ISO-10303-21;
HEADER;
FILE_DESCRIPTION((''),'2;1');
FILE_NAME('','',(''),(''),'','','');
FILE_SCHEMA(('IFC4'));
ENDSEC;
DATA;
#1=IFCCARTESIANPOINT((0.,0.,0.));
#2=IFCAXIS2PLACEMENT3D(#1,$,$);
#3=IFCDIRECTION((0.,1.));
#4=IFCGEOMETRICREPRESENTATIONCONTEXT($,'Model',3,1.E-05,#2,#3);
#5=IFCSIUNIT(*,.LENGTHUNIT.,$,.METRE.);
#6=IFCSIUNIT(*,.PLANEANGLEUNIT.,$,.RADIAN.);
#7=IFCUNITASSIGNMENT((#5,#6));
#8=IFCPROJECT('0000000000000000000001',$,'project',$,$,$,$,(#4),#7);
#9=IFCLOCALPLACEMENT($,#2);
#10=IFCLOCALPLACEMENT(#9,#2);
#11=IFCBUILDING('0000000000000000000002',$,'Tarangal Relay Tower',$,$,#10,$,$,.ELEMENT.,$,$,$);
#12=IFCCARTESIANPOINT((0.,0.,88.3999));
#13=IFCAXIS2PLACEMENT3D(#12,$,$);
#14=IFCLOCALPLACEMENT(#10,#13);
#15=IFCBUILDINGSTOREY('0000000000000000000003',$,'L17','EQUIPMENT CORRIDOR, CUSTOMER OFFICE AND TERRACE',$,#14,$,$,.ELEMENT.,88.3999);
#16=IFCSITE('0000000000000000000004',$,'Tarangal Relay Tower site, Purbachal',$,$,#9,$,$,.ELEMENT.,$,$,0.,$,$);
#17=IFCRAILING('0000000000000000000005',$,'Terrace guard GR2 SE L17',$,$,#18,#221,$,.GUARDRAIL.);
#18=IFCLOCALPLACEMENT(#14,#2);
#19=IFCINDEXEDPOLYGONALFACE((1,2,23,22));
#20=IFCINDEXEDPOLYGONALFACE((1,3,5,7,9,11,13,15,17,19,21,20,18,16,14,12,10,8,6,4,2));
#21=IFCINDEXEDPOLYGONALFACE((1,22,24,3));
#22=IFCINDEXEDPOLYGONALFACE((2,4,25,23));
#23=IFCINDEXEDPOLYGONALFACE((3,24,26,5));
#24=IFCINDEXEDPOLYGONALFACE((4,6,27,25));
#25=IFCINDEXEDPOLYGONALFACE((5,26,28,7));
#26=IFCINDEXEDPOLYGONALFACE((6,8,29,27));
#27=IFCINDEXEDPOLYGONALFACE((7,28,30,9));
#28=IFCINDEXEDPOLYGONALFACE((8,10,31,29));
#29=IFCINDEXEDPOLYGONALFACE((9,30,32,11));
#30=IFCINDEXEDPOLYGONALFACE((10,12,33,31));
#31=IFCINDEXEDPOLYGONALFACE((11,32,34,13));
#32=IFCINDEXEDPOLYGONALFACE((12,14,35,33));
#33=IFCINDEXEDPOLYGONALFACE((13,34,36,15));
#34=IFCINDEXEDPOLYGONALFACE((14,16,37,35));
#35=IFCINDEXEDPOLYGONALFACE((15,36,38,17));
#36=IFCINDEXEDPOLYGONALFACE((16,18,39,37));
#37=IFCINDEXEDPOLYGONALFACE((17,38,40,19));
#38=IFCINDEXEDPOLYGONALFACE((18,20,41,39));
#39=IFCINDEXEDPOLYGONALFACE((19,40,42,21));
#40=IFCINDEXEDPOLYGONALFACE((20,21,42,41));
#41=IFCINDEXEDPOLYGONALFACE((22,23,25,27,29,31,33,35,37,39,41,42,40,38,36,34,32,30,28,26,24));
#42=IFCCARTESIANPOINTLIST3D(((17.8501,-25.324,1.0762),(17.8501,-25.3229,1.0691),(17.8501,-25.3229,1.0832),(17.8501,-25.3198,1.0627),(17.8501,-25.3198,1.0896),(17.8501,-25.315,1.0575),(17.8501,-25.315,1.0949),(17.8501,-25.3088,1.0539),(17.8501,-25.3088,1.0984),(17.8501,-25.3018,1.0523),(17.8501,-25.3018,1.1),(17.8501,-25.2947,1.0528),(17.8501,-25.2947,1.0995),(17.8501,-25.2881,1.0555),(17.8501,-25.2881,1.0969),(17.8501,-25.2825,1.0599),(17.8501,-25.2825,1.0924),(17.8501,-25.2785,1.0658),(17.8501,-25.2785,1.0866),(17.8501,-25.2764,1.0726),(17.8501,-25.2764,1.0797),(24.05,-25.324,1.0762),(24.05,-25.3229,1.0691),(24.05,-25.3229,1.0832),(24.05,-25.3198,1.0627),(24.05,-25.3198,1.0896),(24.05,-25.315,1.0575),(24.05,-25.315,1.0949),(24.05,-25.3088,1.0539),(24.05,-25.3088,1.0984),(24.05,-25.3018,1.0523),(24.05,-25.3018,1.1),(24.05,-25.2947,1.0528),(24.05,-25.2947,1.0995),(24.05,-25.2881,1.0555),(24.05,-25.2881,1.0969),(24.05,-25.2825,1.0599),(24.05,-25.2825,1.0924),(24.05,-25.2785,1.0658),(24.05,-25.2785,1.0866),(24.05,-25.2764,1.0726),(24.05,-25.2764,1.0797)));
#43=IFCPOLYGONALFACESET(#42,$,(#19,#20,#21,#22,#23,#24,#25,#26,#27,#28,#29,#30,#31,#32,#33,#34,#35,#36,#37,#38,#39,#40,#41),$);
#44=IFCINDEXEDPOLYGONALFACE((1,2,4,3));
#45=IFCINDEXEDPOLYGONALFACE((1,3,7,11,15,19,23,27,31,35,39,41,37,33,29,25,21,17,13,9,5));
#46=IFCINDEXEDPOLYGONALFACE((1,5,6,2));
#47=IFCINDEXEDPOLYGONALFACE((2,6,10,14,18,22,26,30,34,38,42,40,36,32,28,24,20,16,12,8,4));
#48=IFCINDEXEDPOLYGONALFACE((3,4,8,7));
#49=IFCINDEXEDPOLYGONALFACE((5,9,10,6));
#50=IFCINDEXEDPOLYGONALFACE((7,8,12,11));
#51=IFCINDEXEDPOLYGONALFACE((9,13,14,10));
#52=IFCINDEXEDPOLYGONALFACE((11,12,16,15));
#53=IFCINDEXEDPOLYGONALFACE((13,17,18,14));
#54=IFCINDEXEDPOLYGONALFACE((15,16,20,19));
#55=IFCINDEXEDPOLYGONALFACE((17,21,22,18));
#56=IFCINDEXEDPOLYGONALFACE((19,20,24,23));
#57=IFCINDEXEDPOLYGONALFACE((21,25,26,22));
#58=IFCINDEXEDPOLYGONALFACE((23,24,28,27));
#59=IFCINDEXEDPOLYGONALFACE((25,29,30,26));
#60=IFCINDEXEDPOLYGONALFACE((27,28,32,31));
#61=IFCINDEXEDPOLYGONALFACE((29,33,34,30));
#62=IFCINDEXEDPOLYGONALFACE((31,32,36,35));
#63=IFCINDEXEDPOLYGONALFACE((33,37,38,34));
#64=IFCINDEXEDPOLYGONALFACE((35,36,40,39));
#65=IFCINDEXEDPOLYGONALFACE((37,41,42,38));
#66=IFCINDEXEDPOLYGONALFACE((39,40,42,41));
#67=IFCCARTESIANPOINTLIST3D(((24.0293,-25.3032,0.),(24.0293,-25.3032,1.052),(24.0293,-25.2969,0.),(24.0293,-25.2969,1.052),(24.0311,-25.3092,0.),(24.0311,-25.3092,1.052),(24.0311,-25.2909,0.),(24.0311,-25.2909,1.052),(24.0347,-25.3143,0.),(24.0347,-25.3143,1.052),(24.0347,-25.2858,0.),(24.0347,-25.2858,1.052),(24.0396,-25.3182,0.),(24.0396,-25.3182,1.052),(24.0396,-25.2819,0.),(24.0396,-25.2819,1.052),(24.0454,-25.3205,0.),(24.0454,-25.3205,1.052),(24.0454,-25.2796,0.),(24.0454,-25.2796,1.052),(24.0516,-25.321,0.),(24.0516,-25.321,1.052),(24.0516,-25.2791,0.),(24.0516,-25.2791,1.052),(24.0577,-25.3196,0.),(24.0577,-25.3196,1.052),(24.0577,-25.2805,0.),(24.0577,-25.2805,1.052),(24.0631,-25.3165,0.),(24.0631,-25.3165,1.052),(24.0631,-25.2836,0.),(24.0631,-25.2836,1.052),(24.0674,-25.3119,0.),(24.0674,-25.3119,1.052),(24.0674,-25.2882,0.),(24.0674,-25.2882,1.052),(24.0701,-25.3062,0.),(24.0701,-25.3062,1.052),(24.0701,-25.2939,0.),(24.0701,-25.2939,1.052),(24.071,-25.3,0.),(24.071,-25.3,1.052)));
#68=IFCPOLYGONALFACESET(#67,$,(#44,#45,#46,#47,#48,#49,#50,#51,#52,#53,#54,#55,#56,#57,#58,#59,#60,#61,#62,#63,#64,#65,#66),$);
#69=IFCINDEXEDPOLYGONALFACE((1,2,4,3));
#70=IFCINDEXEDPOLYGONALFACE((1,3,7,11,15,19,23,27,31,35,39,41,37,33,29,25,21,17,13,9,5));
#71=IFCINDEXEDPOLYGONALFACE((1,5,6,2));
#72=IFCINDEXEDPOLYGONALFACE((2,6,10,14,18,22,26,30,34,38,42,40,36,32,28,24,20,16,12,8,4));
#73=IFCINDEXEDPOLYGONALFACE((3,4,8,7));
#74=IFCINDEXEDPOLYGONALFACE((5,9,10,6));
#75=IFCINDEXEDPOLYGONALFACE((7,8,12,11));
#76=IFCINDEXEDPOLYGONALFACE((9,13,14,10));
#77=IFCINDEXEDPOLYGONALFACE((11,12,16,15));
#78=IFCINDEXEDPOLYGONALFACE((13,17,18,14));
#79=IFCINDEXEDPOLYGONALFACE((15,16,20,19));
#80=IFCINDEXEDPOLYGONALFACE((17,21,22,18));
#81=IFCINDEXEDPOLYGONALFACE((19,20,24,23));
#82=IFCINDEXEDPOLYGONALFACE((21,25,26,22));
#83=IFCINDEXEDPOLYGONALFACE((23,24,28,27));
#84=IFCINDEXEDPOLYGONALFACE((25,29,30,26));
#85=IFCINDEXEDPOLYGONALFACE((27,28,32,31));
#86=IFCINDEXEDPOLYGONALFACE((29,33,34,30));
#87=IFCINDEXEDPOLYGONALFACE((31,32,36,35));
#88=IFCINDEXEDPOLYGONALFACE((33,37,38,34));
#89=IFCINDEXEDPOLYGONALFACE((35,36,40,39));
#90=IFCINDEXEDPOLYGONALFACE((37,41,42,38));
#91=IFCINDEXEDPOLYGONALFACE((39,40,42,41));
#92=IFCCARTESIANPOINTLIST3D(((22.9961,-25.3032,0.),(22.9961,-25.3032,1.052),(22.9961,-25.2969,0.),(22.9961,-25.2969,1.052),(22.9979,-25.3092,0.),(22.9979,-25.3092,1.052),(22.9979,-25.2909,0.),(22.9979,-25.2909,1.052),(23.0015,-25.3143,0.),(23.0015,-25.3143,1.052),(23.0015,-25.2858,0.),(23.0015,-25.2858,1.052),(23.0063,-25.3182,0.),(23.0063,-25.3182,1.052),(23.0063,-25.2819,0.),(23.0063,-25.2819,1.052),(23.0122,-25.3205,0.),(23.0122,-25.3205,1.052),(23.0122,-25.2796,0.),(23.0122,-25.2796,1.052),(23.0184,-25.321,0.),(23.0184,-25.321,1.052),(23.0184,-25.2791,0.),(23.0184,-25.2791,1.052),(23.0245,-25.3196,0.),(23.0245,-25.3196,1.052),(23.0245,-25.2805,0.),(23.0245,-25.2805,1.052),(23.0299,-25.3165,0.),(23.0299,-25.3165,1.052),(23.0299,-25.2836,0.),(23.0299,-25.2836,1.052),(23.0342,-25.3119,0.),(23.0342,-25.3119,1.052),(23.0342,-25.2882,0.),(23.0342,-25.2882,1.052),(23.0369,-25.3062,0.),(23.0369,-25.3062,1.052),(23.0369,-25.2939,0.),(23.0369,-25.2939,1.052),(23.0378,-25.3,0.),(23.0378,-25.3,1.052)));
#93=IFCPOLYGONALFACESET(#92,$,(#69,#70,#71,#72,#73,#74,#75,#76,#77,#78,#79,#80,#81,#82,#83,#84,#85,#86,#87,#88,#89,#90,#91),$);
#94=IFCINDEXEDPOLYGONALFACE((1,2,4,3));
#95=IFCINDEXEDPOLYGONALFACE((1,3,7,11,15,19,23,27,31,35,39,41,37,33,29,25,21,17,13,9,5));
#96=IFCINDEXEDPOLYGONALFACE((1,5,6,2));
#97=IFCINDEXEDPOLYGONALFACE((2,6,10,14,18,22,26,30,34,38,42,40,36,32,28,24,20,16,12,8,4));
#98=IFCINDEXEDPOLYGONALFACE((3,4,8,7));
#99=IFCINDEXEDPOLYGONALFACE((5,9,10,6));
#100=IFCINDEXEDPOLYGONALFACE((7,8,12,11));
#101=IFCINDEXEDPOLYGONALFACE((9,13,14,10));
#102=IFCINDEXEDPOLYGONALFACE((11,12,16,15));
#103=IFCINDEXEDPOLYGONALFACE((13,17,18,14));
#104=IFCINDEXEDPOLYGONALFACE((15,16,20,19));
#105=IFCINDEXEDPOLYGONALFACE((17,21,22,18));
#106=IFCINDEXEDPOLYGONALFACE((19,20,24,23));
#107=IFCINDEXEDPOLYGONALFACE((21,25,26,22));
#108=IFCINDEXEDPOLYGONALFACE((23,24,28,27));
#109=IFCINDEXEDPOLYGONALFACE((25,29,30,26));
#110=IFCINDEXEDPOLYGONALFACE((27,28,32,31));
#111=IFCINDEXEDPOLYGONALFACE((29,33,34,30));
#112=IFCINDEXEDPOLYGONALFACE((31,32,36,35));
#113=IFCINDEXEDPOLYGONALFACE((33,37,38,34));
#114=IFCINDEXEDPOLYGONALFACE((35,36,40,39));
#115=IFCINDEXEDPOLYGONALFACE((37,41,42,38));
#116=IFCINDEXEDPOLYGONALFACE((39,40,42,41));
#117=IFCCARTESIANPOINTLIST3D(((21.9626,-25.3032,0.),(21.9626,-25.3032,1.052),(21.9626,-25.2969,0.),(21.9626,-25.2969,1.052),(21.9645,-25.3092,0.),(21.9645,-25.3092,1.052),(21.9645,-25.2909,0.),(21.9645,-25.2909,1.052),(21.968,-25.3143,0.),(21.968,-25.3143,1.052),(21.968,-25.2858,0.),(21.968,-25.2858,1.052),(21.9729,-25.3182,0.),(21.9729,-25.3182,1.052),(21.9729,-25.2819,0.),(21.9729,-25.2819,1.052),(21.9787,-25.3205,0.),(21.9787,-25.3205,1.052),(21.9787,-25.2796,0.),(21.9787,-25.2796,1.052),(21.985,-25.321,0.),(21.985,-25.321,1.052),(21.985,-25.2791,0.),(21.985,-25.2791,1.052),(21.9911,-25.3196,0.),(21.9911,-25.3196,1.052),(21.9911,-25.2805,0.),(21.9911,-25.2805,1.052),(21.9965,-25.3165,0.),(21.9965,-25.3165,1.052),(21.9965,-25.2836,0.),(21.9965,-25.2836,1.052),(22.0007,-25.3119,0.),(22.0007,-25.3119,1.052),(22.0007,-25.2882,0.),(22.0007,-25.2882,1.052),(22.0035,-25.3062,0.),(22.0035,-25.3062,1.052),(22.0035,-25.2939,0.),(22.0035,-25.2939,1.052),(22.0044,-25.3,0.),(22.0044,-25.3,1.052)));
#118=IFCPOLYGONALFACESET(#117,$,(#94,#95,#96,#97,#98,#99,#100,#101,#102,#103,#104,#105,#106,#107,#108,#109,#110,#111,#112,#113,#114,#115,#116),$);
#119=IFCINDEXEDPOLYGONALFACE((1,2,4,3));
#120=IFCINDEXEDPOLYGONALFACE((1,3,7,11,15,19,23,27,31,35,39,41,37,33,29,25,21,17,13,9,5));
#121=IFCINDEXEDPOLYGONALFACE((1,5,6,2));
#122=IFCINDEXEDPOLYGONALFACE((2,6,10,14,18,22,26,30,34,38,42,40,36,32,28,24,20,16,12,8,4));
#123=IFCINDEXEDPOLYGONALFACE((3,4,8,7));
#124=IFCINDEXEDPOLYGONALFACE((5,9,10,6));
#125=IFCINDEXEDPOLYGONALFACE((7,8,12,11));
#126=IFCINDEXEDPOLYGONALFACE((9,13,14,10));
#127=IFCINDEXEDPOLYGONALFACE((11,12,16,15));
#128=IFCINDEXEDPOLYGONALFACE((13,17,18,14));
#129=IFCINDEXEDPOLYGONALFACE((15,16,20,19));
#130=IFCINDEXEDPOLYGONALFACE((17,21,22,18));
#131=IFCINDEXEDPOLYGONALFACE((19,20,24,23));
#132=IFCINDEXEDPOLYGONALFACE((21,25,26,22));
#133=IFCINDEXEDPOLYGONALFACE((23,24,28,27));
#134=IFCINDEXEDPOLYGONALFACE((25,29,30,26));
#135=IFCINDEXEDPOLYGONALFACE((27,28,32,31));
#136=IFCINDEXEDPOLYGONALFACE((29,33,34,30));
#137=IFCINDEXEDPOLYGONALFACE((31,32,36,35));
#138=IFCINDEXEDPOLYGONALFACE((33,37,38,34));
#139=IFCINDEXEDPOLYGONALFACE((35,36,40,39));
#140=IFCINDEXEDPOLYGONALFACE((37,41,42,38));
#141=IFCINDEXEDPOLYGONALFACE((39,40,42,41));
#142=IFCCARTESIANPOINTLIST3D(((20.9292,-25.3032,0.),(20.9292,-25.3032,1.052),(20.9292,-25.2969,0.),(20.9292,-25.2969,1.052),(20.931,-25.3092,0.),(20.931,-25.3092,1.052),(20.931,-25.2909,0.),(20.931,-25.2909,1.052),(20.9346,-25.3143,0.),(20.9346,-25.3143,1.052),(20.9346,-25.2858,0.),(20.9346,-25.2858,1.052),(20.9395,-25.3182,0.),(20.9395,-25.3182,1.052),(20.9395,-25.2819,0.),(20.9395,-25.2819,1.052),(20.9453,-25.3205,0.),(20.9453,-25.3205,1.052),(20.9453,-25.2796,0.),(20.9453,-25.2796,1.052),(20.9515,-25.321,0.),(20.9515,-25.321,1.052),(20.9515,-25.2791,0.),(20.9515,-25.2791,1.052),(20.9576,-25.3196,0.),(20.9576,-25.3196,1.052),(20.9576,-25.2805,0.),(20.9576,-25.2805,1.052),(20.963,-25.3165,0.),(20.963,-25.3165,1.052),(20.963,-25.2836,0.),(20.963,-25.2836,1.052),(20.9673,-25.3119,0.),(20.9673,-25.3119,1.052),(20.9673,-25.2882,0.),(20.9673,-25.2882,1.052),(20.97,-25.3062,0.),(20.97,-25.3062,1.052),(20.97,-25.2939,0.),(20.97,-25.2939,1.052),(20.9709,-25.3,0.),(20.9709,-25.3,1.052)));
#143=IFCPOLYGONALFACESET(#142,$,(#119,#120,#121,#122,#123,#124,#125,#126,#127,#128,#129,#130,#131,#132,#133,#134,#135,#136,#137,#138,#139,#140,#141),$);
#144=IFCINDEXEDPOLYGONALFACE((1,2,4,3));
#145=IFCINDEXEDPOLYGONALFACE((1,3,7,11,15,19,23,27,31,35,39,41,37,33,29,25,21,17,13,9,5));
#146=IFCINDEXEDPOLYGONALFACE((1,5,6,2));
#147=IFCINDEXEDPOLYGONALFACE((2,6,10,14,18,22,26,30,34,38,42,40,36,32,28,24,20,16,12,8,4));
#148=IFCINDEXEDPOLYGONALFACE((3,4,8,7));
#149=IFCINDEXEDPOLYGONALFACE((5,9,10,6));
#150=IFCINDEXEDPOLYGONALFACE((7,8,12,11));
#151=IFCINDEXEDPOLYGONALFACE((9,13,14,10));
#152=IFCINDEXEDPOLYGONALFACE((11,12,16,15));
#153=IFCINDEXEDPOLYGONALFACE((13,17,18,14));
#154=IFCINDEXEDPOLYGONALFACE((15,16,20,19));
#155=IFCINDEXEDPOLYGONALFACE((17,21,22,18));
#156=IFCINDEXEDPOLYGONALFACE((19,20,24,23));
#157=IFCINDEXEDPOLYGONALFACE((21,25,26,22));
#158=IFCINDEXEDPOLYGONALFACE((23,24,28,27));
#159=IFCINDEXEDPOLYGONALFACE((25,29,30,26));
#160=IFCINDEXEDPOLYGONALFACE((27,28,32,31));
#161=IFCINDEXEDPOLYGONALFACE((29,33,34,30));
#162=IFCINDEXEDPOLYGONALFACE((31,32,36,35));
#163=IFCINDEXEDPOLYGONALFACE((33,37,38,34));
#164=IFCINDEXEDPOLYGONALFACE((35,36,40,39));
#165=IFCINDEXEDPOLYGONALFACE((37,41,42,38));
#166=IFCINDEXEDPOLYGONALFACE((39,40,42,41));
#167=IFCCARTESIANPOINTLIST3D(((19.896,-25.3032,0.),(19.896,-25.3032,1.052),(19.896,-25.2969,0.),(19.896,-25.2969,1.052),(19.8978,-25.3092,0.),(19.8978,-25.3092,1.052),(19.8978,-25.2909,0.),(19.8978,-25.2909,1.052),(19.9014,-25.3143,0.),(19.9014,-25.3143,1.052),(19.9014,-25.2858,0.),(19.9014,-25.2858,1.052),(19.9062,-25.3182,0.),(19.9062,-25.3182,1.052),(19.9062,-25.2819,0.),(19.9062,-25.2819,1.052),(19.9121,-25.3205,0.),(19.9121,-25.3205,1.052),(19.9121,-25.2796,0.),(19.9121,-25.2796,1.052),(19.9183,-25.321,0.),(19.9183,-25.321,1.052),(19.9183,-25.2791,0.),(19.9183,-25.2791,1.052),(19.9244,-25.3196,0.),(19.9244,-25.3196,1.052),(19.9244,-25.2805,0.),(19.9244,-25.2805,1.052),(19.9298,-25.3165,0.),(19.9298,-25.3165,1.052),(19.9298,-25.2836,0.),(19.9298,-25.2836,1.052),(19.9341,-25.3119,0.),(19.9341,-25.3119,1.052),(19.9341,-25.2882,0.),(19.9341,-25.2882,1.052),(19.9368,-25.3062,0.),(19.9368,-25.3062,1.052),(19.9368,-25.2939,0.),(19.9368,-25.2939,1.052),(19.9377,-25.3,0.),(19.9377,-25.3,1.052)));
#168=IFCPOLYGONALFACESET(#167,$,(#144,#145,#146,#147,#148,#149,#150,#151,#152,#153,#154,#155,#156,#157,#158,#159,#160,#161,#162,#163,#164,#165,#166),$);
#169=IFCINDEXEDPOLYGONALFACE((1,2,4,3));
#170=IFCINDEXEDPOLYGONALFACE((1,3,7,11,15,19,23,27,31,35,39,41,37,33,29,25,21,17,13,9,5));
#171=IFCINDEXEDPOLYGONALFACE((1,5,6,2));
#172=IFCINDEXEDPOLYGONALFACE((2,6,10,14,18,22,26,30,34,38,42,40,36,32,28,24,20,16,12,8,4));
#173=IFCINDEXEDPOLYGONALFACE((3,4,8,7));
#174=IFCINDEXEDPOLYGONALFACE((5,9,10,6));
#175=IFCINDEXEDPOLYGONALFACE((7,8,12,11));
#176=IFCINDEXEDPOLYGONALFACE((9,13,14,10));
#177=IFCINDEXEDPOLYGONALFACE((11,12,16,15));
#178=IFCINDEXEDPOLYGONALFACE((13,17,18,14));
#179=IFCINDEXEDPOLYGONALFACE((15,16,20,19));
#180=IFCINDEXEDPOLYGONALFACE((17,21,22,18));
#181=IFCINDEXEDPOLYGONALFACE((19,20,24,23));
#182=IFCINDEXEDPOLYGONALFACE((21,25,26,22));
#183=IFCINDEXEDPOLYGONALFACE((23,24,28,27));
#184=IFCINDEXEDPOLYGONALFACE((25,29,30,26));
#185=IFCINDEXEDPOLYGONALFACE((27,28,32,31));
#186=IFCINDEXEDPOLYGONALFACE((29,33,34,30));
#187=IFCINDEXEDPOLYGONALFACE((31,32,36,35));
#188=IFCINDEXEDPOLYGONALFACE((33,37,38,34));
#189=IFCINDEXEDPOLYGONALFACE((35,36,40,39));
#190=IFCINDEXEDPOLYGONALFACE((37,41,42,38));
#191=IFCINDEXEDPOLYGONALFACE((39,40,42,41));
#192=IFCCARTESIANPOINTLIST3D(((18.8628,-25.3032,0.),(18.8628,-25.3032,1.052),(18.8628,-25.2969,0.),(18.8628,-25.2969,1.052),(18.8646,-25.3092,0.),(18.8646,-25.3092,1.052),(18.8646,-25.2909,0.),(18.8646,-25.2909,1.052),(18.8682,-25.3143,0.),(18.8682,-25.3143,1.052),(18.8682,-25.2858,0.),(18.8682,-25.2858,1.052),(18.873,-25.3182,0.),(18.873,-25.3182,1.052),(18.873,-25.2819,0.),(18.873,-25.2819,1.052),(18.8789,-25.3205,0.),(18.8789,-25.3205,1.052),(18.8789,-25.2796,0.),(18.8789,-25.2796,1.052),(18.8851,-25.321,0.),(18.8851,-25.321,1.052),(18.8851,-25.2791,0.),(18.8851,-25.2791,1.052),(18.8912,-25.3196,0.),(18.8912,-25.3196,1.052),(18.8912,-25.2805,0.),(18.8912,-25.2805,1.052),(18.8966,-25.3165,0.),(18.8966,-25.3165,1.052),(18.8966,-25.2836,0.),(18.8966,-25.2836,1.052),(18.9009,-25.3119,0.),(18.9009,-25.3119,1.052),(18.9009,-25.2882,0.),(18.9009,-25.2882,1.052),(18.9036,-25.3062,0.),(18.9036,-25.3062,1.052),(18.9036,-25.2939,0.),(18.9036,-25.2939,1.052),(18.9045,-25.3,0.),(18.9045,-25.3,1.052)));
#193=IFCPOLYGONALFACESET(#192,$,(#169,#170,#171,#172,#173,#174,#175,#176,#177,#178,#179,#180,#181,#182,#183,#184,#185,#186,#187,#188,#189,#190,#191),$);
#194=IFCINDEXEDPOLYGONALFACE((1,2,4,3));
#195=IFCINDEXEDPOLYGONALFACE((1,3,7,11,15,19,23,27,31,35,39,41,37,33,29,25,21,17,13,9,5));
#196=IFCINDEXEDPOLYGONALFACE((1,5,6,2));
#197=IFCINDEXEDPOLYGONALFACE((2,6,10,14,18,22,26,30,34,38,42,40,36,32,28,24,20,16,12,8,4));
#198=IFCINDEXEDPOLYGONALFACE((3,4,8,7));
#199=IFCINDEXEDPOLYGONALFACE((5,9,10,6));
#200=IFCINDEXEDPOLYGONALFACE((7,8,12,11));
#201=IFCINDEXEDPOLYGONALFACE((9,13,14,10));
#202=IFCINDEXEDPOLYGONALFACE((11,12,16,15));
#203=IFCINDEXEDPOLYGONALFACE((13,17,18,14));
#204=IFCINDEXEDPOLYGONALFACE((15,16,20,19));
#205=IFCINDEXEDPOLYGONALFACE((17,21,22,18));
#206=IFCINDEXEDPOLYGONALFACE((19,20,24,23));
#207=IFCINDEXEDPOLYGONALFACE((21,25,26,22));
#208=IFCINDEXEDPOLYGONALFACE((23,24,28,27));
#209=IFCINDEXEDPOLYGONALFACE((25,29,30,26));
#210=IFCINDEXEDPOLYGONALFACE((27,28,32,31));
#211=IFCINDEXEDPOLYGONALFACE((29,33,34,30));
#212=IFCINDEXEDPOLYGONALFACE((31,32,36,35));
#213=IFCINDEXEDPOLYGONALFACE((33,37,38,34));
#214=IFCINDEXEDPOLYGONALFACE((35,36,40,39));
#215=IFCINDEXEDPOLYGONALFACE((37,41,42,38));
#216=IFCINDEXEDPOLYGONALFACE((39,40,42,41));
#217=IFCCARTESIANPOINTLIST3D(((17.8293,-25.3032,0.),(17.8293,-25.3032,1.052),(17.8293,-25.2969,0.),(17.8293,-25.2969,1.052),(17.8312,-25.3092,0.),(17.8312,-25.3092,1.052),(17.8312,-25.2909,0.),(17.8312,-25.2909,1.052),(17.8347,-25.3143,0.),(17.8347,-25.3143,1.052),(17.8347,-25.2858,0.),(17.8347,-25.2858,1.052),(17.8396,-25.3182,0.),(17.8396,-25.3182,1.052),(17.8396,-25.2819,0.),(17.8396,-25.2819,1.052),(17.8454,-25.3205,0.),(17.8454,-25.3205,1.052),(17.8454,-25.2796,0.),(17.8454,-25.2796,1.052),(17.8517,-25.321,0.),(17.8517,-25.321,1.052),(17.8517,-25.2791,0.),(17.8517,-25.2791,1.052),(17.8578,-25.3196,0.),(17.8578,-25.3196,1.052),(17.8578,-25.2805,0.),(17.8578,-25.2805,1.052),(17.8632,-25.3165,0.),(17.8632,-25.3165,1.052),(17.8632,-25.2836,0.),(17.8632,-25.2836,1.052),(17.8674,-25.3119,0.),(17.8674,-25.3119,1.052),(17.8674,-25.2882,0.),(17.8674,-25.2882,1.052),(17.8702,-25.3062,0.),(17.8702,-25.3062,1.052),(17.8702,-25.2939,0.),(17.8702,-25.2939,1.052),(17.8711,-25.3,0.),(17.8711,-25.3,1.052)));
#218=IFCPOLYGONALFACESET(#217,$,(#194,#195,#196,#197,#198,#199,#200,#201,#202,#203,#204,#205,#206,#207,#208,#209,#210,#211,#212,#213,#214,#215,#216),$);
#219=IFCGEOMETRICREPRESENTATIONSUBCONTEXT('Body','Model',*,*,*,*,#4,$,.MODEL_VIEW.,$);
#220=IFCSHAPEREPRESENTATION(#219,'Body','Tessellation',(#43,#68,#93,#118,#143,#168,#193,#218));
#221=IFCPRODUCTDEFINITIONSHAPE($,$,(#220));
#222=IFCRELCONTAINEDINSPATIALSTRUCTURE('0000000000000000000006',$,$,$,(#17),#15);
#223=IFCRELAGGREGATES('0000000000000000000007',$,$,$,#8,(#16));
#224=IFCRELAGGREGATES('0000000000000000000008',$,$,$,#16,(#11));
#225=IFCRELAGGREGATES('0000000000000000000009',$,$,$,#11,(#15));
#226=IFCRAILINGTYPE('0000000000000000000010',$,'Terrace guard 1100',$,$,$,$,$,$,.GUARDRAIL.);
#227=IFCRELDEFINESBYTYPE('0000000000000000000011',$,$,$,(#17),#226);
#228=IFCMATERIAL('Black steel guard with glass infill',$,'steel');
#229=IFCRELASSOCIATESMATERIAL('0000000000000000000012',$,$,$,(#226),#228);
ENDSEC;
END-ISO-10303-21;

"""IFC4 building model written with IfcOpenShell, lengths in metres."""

from ifc_helpers import new_model, si_unit, direction, frame, origin, origin_2d, place, context, subcontext, project, spatial, circle, extrude, material, type_object, element, save


model = new_model("IFC4")

# Units and contexts
model_context = context("Model", 3, precision=1e-05, world=origin(), true_north=direction((0.0, 1.0)))
body_context = subcontext(model_context, "Body", "Model", "MODEL_VIEW")
ifc_project = project(units=[si_unit("LENGTHUNIT", "METRE"), si_unit("PLANEANGLEUNIT", "RADIAN")], contexts=[model_context])

# Site, building, storey
site_placement = place(None, origin())
site = spatial("IfcSite", under=ifc_project, at=site_placement, Name="Tarangal Relay Tower site, Purbachal", CompositionType="ELEMENT", RefElevation=0.0)
building_placement = place(site_placement, origin())
building = spatial("IfcBuilding", under=site, at=building_placement, Name="Tarangal Relay Tower", CompositionType="ELEMENT")
storey_placement = place(building_placement, frame((0.0, 0.0, 88.3999)))
storey = spatial("IfcBuildingStorey", under=building, at=storey_placement, Name="L17", Description="EQUIPMENT CORRIDOR, CUSTOMER OFFICE AND TERRACE", CompositionType="ELEMENT", Elevation=88.3999)

# Railing
ifc_material_1 = material(Name="Black steel guard with glass infill", Category="steel")
railing_type = type_object("IfcRailingType", Name="Terrace guard 1100", PredefinedType="GUARDRAIL", material=ifc_material_1)
railing_1_placement = place(storey_placement, frame((24.05, -25.3, 0.0)))
element("IfcRailing", 1, at=railing_1_placement, inside=storey, type_object=railing_type, Name="Terrace guard GR2 SE L17", PredefinedType="GUARDRAIL", context=body_context, shape_type="SweptSolid", body=[
    extrude(circle(Radius=0.0239, at=origin_2d()), frame((0.0, 0.0, 1.0762), z_axis=(-1.0, 0.0, 0.0), x_axis=(0.0, -1.0, 0.0)), (0.0, 0.0, 1.0), 6.2),
    extrude(circle(Radius=0.021, at=origin_2d()), origin(), (0.0, 0.0, 1.0), 1.052),
    extrude(circle(Radius=0.021, at=origin_2d()), frame((-1.0332, 0.0, 0.0)), (0.0, 0.0, 1.0), 1.052),
    extrude(circle(Radius=0.021, at=origin_2d()), frame((-2.0667, 0.0, 0.0)), (0.0, 0.0, 1.0), 1.052),
    extrude(circle(Radius=0.021, at=origin_2d()), frame((-3.1001, 0.0, 0.0)), (0.0, 0.0, 1.0), 1.052),
    extrude(circle(Radius=0.021, at=origin_2d()), frame((-4.1333, 0.0, 0.0)), (0.0, 0.0, 1.0), 1.052),
    extrude(circle(Radius=0.021, at=origin_2d()), frame((-5.1665, 0.0, 0.0)), (0.0, 0.0, 1.0), 1.052),
    extrude(circle(Radius=0.021, at=origin_2d()), frame((-6.2, 0.0, 0.0)), (0.0, 0.0, 1.0), 1.052),
])

save(model, "model.ifc")
